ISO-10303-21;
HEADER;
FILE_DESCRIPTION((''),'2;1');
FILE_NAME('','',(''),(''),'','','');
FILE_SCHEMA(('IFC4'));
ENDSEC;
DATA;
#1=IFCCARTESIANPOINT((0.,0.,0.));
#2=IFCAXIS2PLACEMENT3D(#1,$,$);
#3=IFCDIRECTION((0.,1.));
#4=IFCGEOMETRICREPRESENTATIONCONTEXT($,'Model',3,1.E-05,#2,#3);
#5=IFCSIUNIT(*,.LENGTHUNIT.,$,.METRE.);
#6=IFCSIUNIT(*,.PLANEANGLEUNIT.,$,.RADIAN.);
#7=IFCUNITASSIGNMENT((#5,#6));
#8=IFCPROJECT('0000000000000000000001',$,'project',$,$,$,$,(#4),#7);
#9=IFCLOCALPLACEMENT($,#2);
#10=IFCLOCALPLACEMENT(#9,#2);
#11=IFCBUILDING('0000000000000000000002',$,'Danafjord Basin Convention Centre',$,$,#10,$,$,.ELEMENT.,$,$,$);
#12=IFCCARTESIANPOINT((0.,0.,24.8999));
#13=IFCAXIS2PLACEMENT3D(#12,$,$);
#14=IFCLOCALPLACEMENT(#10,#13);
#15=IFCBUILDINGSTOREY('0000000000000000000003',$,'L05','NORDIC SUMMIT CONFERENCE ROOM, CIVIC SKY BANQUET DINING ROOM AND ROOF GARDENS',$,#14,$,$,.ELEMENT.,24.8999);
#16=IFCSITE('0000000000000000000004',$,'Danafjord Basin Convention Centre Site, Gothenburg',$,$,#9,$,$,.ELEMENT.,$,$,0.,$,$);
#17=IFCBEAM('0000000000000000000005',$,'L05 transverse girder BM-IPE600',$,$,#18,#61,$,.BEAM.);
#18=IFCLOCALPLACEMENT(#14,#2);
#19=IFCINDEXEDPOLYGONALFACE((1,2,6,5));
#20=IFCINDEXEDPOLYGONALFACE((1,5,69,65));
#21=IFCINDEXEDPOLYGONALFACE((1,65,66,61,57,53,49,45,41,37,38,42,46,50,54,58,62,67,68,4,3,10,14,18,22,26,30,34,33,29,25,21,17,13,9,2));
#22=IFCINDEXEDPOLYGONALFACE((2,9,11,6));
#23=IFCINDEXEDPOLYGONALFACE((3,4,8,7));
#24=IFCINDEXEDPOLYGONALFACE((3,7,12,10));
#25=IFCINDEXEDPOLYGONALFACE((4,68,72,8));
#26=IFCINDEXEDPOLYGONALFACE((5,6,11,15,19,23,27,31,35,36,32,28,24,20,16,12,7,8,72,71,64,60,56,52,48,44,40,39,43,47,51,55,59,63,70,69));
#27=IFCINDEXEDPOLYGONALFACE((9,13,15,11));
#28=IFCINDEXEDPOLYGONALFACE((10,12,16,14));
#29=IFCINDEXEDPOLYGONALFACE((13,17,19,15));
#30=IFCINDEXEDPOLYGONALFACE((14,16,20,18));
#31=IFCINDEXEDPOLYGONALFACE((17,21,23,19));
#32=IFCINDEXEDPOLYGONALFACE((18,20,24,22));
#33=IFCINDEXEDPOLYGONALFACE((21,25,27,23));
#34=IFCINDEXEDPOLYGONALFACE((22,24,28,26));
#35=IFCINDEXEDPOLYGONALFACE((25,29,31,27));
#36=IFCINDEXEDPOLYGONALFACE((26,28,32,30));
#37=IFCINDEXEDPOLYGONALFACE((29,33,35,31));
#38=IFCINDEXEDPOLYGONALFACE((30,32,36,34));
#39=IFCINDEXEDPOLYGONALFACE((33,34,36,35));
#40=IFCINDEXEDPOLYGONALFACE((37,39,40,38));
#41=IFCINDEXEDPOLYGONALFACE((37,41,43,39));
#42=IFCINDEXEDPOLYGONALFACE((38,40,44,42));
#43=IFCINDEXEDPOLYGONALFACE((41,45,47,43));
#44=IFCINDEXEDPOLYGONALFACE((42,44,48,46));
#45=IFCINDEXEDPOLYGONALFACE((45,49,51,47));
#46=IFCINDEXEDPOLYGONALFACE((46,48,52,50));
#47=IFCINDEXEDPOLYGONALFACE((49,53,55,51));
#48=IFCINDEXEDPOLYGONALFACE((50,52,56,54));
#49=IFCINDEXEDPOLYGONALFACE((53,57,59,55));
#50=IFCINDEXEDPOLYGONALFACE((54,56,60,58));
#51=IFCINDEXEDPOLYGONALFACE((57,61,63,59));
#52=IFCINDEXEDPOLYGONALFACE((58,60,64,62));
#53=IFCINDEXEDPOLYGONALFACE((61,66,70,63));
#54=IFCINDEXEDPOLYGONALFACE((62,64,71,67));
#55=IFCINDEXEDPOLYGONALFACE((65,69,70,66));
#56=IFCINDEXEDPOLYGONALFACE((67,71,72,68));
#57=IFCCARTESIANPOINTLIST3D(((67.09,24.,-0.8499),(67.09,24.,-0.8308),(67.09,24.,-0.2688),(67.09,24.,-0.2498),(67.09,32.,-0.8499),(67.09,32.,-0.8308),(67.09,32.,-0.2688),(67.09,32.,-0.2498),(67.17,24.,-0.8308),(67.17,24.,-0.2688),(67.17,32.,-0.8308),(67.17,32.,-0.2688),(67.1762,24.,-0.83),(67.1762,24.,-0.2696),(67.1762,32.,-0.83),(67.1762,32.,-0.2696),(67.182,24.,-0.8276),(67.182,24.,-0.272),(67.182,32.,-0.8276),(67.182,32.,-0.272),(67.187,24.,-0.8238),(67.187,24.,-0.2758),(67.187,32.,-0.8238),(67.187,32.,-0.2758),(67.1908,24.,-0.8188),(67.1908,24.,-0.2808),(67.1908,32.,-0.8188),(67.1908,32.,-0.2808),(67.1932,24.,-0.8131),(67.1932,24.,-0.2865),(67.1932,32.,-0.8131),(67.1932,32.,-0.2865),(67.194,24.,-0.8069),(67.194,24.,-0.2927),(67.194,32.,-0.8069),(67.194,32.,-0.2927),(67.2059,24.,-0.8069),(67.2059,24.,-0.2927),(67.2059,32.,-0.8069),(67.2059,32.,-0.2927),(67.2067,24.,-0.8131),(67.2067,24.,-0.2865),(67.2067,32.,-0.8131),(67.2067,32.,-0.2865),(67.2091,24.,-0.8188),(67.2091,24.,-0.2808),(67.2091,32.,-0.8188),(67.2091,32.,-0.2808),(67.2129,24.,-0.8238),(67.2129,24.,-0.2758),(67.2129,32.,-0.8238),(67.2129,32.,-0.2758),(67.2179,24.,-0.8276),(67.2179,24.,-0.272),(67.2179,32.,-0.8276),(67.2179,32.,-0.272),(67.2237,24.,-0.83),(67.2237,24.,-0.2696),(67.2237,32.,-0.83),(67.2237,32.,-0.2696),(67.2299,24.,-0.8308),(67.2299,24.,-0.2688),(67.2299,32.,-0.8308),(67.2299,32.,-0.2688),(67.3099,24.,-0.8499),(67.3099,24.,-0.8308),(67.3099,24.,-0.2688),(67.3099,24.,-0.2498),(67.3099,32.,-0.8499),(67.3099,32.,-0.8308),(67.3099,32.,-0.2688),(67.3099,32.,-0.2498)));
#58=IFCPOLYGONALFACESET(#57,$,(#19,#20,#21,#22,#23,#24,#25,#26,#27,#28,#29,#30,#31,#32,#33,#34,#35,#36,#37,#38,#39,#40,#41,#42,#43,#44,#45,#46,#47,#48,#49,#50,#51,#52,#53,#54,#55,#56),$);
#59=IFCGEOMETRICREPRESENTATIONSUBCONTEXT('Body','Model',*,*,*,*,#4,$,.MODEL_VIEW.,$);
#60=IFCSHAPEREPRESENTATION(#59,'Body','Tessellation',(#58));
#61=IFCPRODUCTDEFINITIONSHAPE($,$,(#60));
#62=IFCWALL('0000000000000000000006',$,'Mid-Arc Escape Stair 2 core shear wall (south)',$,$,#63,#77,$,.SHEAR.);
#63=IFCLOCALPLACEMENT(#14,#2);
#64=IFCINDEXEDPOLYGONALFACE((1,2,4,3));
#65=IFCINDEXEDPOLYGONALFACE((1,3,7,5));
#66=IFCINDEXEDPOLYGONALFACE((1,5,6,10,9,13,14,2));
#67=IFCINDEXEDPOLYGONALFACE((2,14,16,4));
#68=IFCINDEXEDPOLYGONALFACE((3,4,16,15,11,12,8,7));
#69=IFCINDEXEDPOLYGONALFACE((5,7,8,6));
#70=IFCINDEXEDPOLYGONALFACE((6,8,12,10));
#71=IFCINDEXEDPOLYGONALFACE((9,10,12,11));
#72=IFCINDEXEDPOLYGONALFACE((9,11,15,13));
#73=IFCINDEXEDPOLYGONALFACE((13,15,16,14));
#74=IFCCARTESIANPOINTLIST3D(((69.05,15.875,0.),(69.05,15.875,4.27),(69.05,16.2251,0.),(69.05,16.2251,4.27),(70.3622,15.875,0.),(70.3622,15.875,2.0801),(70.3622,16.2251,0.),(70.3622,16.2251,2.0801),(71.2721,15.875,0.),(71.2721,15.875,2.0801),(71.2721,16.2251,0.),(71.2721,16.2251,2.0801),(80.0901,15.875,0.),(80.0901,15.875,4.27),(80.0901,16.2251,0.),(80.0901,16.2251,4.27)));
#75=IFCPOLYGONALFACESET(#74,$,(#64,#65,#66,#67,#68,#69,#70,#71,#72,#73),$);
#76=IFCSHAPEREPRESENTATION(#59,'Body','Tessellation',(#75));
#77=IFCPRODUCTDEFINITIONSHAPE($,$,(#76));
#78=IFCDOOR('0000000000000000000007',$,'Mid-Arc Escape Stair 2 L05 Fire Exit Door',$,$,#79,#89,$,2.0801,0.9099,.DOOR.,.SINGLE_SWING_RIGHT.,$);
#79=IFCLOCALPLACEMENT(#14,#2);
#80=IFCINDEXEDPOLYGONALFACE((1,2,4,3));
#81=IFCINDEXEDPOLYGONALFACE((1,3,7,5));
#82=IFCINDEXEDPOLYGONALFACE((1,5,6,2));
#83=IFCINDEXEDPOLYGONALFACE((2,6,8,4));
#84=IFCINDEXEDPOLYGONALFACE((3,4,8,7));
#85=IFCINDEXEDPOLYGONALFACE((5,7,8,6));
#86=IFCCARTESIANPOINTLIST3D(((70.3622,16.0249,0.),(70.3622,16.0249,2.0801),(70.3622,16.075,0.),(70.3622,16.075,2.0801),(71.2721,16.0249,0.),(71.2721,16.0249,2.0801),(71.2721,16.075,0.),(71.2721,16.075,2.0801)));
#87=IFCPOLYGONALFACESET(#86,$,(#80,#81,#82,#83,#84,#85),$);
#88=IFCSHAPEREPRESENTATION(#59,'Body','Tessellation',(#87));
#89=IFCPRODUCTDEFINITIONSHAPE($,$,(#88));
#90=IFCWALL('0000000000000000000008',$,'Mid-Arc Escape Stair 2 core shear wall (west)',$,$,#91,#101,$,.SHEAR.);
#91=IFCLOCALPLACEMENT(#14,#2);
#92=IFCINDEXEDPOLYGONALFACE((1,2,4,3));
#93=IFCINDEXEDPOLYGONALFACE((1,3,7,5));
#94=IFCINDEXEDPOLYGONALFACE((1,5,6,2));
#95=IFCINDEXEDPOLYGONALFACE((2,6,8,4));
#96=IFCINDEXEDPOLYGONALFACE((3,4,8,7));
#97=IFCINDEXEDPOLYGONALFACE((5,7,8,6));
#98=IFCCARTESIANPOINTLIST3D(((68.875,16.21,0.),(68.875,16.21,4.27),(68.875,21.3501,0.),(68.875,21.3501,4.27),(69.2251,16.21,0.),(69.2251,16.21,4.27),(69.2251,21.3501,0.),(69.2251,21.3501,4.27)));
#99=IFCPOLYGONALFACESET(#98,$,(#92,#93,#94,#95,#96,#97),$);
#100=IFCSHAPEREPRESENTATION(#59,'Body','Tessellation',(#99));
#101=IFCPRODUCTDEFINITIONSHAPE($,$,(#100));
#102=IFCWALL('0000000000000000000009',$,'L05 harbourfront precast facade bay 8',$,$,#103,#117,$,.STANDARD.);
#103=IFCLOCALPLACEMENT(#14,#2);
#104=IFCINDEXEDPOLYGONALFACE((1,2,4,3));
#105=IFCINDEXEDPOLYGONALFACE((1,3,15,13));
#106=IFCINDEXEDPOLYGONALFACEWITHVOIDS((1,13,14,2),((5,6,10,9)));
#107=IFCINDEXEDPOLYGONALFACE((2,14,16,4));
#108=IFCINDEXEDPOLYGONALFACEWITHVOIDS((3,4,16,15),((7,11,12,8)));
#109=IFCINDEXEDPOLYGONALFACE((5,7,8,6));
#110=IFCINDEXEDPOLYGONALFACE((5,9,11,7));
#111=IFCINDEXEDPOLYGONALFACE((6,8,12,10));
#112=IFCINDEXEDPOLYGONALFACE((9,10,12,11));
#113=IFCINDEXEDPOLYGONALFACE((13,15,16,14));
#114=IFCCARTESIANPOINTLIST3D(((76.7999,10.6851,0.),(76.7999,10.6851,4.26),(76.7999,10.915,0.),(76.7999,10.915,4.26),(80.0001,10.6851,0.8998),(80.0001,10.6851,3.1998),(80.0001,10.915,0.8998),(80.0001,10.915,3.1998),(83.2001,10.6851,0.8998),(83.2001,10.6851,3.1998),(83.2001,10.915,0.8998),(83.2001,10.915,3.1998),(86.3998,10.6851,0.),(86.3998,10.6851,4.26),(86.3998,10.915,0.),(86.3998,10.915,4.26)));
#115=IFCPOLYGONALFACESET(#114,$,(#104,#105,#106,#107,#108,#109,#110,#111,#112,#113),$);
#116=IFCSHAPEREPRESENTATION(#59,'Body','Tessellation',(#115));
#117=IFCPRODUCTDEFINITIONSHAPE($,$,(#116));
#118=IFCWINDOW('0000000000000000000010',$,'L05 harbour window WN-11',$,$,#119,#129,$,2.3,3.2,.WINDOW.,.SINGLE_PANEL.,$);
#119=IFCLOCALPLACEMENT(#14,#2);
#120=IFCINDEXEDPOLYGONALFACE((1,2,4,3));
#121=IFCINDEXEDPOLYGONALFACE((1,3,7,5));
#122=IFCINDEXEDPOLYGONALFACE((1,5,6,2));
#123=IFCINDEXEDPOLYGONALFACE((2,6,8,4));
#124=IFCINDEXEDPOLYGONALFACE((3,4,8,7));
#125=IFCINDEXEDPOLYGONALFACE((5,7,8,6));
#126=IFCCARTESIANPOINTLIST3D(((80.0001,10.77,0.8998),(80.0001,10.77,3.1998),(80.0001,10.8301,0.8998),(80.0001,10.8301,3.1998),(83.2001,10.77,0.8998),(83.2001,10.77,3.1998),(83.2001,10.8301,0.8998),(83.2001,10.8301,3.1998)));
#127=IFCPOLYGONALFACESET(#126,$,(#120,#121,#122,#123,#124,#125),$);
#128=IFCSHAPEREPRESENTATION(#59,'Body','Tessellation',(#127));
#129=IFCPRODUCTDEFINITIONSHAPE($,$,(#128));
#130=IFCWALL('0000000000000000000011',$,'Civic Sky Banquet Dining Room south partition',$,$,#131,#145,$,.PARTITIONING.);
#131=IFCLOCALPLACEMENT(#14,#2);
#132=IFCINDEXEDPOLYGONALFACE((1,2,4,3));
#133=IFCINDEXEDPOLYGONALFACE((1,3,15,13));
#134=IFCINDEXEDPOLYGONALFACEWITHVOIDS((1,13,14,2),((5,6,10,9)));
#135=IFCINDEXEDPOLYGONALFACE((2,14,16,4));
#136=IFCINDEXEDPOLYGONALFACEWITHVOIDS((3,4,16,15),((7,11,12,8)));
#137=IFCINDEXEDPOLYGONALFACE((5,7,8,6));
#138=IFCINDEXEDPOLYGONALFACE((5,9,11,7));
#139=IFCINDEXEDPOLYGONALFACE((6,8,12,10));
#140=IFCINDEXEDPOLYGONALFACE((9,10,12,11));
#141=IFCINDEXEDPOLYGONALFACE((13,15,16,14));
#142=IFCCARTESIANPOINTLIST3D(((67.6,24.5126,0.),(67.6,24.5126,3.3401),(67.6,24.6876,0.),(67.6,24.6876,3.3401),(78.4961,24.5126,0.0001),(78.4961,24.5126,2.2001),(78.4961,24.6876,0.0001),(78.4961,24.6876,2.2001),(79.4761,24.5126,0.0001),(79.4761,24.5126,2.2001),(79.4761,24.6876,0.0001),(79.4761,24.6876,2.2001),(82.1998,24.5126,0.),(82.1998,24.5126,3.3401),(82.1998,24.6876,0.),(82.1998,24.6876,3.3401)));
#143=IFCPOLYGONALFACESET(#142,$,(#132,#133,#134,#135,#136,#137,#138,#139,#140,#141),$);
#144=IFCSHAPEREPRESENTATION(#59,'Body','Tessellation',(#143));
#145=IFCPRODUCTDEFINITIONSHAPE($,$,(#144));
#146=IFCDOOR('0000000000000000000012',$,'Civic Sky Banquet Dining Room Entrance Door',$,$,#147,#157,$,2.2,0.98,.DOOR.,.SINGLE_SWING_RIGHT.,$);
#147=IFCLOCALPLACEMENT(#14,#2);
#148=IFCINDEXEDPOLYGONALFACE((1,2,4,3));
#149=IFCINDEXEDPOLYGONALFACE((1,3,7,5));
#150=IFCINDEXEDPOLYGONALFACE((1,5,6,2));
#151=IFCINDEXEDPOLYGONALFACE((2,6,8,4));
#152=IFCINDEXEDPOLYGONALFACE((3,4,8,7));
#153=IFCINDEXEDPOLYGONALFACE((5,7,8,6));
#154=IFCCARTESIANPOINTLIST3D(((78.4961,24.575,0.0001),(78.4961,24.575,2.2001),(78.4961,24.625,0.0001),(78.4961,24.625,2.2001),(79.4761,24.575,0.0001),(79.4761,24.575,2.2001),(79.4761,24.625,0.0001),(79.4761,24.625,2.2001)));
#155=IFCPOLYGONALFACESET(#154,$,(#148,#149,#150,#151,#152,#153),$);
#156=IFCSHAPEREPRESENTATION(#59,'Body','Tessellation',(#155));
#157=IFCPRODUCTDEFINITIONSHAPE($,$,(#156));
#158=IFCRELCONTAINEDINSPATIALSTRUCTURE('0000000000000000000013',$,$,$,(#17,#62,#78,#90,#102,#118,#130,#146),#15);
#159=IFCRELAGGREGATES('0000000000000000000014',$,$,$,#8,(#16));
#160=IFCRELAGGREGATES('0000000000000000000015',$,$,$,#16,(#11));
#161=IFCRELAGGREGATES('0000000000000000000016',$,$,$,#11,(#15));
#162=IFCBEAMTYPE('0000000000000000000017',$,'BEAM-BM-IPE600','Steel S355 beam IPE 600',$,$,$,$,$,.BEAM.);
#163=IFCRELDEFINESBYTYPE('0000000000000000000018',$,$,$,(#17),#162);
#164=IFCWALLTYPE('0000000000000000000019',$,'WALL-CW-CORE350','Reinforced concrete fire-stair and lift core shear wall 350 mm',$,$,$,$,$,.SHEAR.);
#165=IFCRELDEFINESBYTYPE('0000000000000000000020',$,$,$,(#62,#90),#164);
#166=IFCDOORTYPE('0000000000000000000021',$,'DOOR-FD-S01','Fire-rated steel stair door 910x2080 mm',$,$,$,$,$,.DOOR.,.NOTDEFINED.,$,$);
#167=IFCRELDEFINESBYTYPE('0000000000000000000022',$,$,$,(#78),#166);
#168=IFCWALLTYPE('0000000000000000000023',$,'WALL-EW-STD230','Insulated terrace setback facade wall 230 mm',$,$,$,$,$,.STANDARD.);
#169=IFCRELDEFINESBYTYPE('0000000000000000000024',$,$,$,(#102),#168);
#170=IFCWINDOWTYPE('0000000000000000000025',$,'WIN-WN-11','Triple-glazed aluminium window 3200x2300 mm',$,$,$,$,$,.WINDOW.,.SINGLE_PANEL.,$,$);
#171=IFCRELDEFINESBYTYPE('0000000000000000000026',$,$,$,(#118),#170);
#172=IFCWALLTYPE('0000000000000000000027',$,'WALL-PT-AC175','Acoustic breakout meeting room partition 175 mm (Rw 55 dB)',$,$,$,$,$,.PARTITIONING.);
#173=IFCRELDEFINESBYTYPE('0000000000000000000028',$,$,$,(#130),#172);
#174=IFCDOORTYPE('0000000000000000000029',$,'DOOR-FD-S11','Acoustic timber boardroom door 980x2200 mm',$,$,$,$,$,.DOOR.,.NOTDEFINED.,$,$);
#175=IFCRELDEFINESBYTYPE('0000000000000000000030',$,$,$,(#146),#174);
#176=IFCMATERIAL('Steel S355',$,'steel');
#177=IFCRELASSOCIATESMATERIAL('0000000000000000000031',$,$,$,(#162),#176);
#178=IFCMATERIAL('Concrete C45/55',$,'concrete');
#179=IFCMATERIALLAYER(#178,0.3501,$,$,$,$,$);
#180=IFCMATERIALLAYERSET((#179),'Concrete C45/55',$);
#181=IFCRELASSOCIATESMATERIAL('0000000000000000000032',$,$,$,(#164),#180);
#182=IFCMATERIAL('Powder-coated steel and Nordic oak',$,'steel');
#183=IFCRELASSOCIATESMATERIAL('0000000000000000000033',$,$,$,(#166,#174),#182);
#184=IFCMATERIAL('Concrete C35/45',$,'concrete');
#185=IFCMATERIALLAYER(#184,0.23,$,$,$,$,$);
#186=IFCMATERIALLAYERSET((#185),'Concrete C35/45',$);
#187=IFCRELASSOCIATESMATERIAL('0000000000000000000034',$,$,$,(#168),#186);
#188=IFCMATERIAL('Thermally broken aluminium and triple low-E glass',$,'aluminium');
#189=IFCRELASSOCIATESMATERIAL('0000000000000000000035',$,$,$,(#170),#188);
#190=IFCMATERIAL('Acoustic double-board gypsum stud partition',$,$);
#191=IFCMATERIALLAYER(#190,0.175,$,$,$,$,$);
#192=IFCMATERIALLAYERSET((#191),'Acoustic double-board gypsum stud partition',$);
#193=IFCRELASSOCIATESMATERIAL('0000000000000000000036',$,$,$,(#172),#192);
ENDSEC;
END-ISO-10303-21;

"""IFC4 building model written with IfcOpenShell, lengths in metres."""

from ifc_helpers import new_model, si_unit, direction, frame, frame_2d, origin, origin_2d, place, context, subcontext, project, spatial, rectangle, i_section, extrude, material, layer, layer_set, material_profile, profile_set, type_object, element, fill, save


model = new_model("IFC4")

# Units and contexts
model_context = context("Model", 3, precision=1e-05, world=origin(), true_north=direction((0.0, 1.0)))
body_context = subcontext(model_context, "Body", "Model", "MODEL_VIEW")
ifc_project = project(units=[si_unit("LENGTHUNIT", "METRE"), si_unit("PLANEANGLEUNIT", "RADIAN")], contexts=[model_context])

# Site, building, storey
site_placement = place(None, origin())
site = spatial("IfcSite", under=ifc_project, at=site_placement, Name="Danafjord Basin Convention Centre Site, Gothenburg", CompositionType="ELEMENT", RefElevation=0.0)
building_placement = place(site_placement, origin())
building = spatial("IfcBuilding", under=site, at=building_placement, Name="Danafjord Basin Convention Centre", CompositionType="ELEMENT")
storey_placement = place(building_placement, frame((0.0, 0.0, 24.8999)))
storey = spatial("IfcBuildingStorey", under=building, at=storey_placement, Name="L05", Description="NORDIC SUMMIT CONFERENCE ROOM, CIVIC SKY BANQUET DINING ROOM AND ROOF GARDENS", CompositionType="ELEMENT", Elevation=24.8999)

# Shared definitions
ifc_material_1 = material(Name="Steel S355", Category="steel")

# Beam
ifc_material_profile_1 = material_profile(ifc_material_1, i_section(OverallWidth=0.22, OverallDepth=0.6001, WebThickness=0.012, FlangeThickness=0.019, FilletRadius=0.0239, at=origin_2d()), Name="IPE 600")
ifc_profile_set_1 = profile_set([ifc_material_profile_1], Name="Steel S355")
beam_type_1 = type_object("IfcBeamType", Name="BEAM-BM-IPE600", Description="Steel S355 beam IPE 600", PredefinedType="BEAM", material=ifc_profile_set_1)
beam_1_placement = place(storey_placement, frame((67.2, 24.0, -0.5498), z_axis=(0.0, 1.0, 0.0), x_axis=(-1.0, 0.0, 0.0)))
element("IfcBeam", 1, at=beam_1_placement, inside=storey, type_object=beam_type_1, Name="L05 transverse girder BM-IPE600", PredefinedType="BEAM", context=body_context, shape_type="SweptSolid", body=[
    extrude(i_section(OverallWidth=0.22, OverallDepth=0.6001, WebThickness=0.012, FlangeThickness=0.019, FilletRadius=0.0239, at=origin_2d()), origin(), (0.0, 0.0, 1.0), 8.0),
])

# Wall, opening, door
ifc_material_2 = material(Name="Concrete C45/55", Category="concrete")
ifc_layer_1 = layer(ifc_material_2, 0.3501)
ifc_layer_set_1 = layer_set([ifc_layer_1], Name="Concrete C45/55")
wall_type_1 = type_object("IfcWallType", Name="WALL-CW-CORE350", Description="Reinforced concrete fire-stair and lift core shear wall 350 mm", PredefinedType="SHEAR", material=ifc_layer_set_1)
wall_1_placement = place(storey_placement, frame((69.05, 16.05, 0.0), z_axis=(0.0, 0.0, 1.0), x_axis=(1.0, 0.0, 0.0)))
wall_1 = element("IfcWall", 2, at=wall_1_placement, inside=storey, type_object=wall_type_1, Name="Mid-Arc Escape Stair 2 core shear wall (south)", PredefinedType="SHEAR", context=body_context, shape_type="SweptSolid", body=[
    extrude(rectangle(XDim=11.04, YDim=0.3501, at=frame_2d((5.52, 0.0))), origin(), (0.0, 0.0, 1.0), 4.27),
])
opening_1_placement = place(wall_1_placement, frame((1.312, 0.0, 0.0)))
opening_1 = element("IfcOpeningElement", 3, at=opening_1_placement, cuts=wall_1, PredefinedType="OPENING", context=body_context, shape_type="SweptSolid", body=[
    extrude(rectangle(XDim=0.9099, YDim=2.0801, at=frame_2d((0.4551, 1.04))), frame((0.0, 0.1851, 0.0), z_axis=(0.0, -1.0, 0.0), x_axis=(1.0, 0.0, 0.0)), (0.0, 0.0, 1.0), 0.3701),
])
ifc_material_3 = material(Name="Powder-coated steel and Nordic oak", Category="steel")
door_type_1 = type_object("IfcDoorType", Name="DOOR-FD-S01", Description="Fire-rated steel stair door 910x2080 mm", OperationType="NOTDEFINED", PredefinedType="DOOR", material=ifc_material_3)
door_1_placement = place(opening_1_placement, origin())
door_1 = element("IfcDoor", 4, at=door_1_placement, inside=storey, type_object=door_type_1, Name="Mid-Arc Escape Stair 2 L05 Fire Exit Door", OperationType="SINGLE_SWING_RIGHT", OverallHeight=2.0801, OverallWidth=0.9099, PredefinedType="DOOR", context=body_context, shape_type="SweptSolid", body=[
    extrude(rectangle(XDim=0.9099, YDim=2.0801, at=frame_2d((0.4551, 1.04))), frame((0.0, 0.0249, 0.0), z_axis=(0.0, -1.0, 0.0), x_axis=(1.0, 0.0, 0.0)), (0.0, 0.0, 1.0), 0.05),
])
fill(opening_1, door_1)

# Wall
wall_2_placement = place(storey_placement, frame((69.05, 21.3501, 0.0), z_axis=(0.0, 0.0, 1.0), x_axis=(0.0, -1.0, 0.0)))
element("IfcWall", 5, at=wall_2_placement, inside=storey, type_object=wall_type_1, Name="Mid-Arc Escape Stair 2 core shear wall (west)", PredefinedType="SHEAR", context=body_context, shape_type="SweptSolid", body=[
    extrude(rectangle(XDim=5.1401, YDim=0.3501, at=frame_2d((2.5701, 0.0))), origin(), (0.0, 0.0, 1.0), 4.27),
])

# Wall, opening, window
ifc_material_4 = material(Name="Concrete C35/45", Category="concrete")
ifc_layer_2 = layer(ifc_material_4, 0.23)
ifc_layer_set_2 = layer_set([ifc_layer_2], Name="Concrete C35/45")
wall_type_2 = type_object("IfcWallType", Name="WALL-EW-STD230", Description="Insulated terrace setback facade wall 230 mm", PredefinedType="STANDARD", material=ifc_layer_set_2)
wall_3_placement = place(storey_placement, frame((76.8, 10.8, 0.0), z_axis=(0.0, 0.0, 1.0), x_axis=(1.0, 0.0, 0.0)))
wall_3 = element("IfcWall", 6, at=wall_3_placement, inside=storey, type_object=wall_type_2, Name="L05 harbourfront precast facade bay 8", PredefinedType="STANDARD", context=body_context, shape_type="SweptSolid", body=[
    extrude(rectangle(XDim=9.5999, YDim=0.23, at=frame_2d((4.7998, 0.0))), origin(), (0.0, 0.0, 1.0), 4.26),
])
opening_2_placement = place(wall_3_placement, frame((3.2, 0.0, 0.8999)))
opening_2 = element("IfcOpeningElement", 7, at=opening_2_placement, cuts=wall_3, PredefinedType="OPENING", context=body_context, shape_type="SweptSolid", body=[
    extrude(rectangle(XDim=3.2, YDim=2.3, at=frame_2d((1.6001, 1.1499))), frame((0.0, 0.125, 0.0), z_axis=(0.0, -1.0, 0.0), x_axis=(1.0, 0.0, 0.0)), (0.0, 0.0, 1.0), 0.25),
])
ifc_material_5 = material(Name="Thermally broken aluminium and triple low-E glass", Category="aluminium")
window_type = type_object("IfcWindowType", Name="WIN-WN-11", Description="Triple-glazed aluminium window 3200x2300 mm", PartitioningType="SINGLE_PANEL", PredefinedType="WINDOW", material=ifc_material_5)
window_placement = place(opening_2_placement, origin())
window = element("IfcWindow", 8, at=window_placement, inside=storey, type_object=window_type, Name="L05 harbour window WN-11", OverallHeight=2.3, OverallWidth=3.2, PartitioningType="SINGLE_PANEL", PredefinedType="WINDOW", context=body_context, shape_type="SweptSolid", body=[
    extrude(rectangle(XDim=3.2, YDim=2.3, at=frame_2d((1.6001, 1.1499))), frame((0.0, 0.03, 0.0), z_axis=(0.0, -1.0, 0.0), x_axis=(1.0, 0.0, 0.0)), (0.0, 0.0, 1.0), 0.0601),
])
fill(opening_2, window)

# Wall, opening, door
ifc_material_6 = material(Name="Acoustic double-board gypsum stud partition")
ifc_layer_3 = layer(ifc_material_6, 0.175)
ifc_layer_set_3 = layer_set([ifc_layer_3], Name="Acoustic double-board gypsum stud partition")
wall_type_3 = type_object("IfcWallType", Name="WALL-PT-AC175", Description="Acoustic breakout meeting room partition 175 mm (Rw 55 dB)", PredefinedType="PARTITIONING", material=ifc_layer_set_3)
wall_4_placement = place(storey_placement, frame((67.6001, 24.6001, 0.0), z_axis=(0.0, 0.0, 1.0), x_axis=(1.0, 0.0, 0.0)))
wall_4 = element("IfcWall", 9, at=wall_4_placement, inside=storey, type_object=wall_type_3, Name="Civic Sky Banquet Dining Room south partition", PredefinedType="PARTITIONING", context=body_context, shape_type="SweptSolid", body=[
    extrude(rectangle(XDim=14.5999, YDim=0.175, at=frame_2d((7.2998, 0.0))), origin(), (0.0, 0.0, 1.0), 3.3401),
])
opening_3_placement = place(wall_4_placement, frame((10.896, 0.0, 0.0)))
opening_3 = element("IfcOpeningElement", 10, at=opening_3_placement, cuts=wall_4, PredefinedType="OPENING", context=body_context, shape_type="SweptSolid", body=[
    extrude(rectangle(XDim=0.98, YDim=2.2, at=frame_2d((0.49, 1.1001))), frame((0.0, 0.0974, 0.0), z_axis=(0.0, -1.0, 0.0), x_axis=(1.0, 0.0, 0.0)), (0.0, 0.0, 1.0), 0.1951),
])
door_type_2 = type_object("IfcDoorType", Name="DOOR-FD-S11", Description="Acoustic timber boardroom door 980x2200 mm", OperationType="NOTDEFINED", PredefinedType="DOOR", material=ifc_material_3)
door_2_placement = place(opening_3_placement, origin())
door_2 = element("IfcDoor", 11, at=door_2_placement, inside=storey, type_object=door_type_2, Name="Civic Sky Banquet Dining Room Entrance Door", OperationType="SINGLE_SWING_RIGHT", OverallHeight=2.2, OverallWidth=0.98, PredefinedType="DOOR", context=body_context, shape_type="SweptSolid", body=[
    extrude(rectangle(XDim=0.98, YDim=2.2, at=frame_2d((0.49, 1.1001))), frame((0.0, 0.0249, 0.0), z_axis=(0.0, -1.0, 0.0), x_axis=(1.0, 0.0, 0.0)), (0.0, 0.0, 1.0), 0.05),
])
fill(opening_3, door_2)

save(model, "model.ifc")
